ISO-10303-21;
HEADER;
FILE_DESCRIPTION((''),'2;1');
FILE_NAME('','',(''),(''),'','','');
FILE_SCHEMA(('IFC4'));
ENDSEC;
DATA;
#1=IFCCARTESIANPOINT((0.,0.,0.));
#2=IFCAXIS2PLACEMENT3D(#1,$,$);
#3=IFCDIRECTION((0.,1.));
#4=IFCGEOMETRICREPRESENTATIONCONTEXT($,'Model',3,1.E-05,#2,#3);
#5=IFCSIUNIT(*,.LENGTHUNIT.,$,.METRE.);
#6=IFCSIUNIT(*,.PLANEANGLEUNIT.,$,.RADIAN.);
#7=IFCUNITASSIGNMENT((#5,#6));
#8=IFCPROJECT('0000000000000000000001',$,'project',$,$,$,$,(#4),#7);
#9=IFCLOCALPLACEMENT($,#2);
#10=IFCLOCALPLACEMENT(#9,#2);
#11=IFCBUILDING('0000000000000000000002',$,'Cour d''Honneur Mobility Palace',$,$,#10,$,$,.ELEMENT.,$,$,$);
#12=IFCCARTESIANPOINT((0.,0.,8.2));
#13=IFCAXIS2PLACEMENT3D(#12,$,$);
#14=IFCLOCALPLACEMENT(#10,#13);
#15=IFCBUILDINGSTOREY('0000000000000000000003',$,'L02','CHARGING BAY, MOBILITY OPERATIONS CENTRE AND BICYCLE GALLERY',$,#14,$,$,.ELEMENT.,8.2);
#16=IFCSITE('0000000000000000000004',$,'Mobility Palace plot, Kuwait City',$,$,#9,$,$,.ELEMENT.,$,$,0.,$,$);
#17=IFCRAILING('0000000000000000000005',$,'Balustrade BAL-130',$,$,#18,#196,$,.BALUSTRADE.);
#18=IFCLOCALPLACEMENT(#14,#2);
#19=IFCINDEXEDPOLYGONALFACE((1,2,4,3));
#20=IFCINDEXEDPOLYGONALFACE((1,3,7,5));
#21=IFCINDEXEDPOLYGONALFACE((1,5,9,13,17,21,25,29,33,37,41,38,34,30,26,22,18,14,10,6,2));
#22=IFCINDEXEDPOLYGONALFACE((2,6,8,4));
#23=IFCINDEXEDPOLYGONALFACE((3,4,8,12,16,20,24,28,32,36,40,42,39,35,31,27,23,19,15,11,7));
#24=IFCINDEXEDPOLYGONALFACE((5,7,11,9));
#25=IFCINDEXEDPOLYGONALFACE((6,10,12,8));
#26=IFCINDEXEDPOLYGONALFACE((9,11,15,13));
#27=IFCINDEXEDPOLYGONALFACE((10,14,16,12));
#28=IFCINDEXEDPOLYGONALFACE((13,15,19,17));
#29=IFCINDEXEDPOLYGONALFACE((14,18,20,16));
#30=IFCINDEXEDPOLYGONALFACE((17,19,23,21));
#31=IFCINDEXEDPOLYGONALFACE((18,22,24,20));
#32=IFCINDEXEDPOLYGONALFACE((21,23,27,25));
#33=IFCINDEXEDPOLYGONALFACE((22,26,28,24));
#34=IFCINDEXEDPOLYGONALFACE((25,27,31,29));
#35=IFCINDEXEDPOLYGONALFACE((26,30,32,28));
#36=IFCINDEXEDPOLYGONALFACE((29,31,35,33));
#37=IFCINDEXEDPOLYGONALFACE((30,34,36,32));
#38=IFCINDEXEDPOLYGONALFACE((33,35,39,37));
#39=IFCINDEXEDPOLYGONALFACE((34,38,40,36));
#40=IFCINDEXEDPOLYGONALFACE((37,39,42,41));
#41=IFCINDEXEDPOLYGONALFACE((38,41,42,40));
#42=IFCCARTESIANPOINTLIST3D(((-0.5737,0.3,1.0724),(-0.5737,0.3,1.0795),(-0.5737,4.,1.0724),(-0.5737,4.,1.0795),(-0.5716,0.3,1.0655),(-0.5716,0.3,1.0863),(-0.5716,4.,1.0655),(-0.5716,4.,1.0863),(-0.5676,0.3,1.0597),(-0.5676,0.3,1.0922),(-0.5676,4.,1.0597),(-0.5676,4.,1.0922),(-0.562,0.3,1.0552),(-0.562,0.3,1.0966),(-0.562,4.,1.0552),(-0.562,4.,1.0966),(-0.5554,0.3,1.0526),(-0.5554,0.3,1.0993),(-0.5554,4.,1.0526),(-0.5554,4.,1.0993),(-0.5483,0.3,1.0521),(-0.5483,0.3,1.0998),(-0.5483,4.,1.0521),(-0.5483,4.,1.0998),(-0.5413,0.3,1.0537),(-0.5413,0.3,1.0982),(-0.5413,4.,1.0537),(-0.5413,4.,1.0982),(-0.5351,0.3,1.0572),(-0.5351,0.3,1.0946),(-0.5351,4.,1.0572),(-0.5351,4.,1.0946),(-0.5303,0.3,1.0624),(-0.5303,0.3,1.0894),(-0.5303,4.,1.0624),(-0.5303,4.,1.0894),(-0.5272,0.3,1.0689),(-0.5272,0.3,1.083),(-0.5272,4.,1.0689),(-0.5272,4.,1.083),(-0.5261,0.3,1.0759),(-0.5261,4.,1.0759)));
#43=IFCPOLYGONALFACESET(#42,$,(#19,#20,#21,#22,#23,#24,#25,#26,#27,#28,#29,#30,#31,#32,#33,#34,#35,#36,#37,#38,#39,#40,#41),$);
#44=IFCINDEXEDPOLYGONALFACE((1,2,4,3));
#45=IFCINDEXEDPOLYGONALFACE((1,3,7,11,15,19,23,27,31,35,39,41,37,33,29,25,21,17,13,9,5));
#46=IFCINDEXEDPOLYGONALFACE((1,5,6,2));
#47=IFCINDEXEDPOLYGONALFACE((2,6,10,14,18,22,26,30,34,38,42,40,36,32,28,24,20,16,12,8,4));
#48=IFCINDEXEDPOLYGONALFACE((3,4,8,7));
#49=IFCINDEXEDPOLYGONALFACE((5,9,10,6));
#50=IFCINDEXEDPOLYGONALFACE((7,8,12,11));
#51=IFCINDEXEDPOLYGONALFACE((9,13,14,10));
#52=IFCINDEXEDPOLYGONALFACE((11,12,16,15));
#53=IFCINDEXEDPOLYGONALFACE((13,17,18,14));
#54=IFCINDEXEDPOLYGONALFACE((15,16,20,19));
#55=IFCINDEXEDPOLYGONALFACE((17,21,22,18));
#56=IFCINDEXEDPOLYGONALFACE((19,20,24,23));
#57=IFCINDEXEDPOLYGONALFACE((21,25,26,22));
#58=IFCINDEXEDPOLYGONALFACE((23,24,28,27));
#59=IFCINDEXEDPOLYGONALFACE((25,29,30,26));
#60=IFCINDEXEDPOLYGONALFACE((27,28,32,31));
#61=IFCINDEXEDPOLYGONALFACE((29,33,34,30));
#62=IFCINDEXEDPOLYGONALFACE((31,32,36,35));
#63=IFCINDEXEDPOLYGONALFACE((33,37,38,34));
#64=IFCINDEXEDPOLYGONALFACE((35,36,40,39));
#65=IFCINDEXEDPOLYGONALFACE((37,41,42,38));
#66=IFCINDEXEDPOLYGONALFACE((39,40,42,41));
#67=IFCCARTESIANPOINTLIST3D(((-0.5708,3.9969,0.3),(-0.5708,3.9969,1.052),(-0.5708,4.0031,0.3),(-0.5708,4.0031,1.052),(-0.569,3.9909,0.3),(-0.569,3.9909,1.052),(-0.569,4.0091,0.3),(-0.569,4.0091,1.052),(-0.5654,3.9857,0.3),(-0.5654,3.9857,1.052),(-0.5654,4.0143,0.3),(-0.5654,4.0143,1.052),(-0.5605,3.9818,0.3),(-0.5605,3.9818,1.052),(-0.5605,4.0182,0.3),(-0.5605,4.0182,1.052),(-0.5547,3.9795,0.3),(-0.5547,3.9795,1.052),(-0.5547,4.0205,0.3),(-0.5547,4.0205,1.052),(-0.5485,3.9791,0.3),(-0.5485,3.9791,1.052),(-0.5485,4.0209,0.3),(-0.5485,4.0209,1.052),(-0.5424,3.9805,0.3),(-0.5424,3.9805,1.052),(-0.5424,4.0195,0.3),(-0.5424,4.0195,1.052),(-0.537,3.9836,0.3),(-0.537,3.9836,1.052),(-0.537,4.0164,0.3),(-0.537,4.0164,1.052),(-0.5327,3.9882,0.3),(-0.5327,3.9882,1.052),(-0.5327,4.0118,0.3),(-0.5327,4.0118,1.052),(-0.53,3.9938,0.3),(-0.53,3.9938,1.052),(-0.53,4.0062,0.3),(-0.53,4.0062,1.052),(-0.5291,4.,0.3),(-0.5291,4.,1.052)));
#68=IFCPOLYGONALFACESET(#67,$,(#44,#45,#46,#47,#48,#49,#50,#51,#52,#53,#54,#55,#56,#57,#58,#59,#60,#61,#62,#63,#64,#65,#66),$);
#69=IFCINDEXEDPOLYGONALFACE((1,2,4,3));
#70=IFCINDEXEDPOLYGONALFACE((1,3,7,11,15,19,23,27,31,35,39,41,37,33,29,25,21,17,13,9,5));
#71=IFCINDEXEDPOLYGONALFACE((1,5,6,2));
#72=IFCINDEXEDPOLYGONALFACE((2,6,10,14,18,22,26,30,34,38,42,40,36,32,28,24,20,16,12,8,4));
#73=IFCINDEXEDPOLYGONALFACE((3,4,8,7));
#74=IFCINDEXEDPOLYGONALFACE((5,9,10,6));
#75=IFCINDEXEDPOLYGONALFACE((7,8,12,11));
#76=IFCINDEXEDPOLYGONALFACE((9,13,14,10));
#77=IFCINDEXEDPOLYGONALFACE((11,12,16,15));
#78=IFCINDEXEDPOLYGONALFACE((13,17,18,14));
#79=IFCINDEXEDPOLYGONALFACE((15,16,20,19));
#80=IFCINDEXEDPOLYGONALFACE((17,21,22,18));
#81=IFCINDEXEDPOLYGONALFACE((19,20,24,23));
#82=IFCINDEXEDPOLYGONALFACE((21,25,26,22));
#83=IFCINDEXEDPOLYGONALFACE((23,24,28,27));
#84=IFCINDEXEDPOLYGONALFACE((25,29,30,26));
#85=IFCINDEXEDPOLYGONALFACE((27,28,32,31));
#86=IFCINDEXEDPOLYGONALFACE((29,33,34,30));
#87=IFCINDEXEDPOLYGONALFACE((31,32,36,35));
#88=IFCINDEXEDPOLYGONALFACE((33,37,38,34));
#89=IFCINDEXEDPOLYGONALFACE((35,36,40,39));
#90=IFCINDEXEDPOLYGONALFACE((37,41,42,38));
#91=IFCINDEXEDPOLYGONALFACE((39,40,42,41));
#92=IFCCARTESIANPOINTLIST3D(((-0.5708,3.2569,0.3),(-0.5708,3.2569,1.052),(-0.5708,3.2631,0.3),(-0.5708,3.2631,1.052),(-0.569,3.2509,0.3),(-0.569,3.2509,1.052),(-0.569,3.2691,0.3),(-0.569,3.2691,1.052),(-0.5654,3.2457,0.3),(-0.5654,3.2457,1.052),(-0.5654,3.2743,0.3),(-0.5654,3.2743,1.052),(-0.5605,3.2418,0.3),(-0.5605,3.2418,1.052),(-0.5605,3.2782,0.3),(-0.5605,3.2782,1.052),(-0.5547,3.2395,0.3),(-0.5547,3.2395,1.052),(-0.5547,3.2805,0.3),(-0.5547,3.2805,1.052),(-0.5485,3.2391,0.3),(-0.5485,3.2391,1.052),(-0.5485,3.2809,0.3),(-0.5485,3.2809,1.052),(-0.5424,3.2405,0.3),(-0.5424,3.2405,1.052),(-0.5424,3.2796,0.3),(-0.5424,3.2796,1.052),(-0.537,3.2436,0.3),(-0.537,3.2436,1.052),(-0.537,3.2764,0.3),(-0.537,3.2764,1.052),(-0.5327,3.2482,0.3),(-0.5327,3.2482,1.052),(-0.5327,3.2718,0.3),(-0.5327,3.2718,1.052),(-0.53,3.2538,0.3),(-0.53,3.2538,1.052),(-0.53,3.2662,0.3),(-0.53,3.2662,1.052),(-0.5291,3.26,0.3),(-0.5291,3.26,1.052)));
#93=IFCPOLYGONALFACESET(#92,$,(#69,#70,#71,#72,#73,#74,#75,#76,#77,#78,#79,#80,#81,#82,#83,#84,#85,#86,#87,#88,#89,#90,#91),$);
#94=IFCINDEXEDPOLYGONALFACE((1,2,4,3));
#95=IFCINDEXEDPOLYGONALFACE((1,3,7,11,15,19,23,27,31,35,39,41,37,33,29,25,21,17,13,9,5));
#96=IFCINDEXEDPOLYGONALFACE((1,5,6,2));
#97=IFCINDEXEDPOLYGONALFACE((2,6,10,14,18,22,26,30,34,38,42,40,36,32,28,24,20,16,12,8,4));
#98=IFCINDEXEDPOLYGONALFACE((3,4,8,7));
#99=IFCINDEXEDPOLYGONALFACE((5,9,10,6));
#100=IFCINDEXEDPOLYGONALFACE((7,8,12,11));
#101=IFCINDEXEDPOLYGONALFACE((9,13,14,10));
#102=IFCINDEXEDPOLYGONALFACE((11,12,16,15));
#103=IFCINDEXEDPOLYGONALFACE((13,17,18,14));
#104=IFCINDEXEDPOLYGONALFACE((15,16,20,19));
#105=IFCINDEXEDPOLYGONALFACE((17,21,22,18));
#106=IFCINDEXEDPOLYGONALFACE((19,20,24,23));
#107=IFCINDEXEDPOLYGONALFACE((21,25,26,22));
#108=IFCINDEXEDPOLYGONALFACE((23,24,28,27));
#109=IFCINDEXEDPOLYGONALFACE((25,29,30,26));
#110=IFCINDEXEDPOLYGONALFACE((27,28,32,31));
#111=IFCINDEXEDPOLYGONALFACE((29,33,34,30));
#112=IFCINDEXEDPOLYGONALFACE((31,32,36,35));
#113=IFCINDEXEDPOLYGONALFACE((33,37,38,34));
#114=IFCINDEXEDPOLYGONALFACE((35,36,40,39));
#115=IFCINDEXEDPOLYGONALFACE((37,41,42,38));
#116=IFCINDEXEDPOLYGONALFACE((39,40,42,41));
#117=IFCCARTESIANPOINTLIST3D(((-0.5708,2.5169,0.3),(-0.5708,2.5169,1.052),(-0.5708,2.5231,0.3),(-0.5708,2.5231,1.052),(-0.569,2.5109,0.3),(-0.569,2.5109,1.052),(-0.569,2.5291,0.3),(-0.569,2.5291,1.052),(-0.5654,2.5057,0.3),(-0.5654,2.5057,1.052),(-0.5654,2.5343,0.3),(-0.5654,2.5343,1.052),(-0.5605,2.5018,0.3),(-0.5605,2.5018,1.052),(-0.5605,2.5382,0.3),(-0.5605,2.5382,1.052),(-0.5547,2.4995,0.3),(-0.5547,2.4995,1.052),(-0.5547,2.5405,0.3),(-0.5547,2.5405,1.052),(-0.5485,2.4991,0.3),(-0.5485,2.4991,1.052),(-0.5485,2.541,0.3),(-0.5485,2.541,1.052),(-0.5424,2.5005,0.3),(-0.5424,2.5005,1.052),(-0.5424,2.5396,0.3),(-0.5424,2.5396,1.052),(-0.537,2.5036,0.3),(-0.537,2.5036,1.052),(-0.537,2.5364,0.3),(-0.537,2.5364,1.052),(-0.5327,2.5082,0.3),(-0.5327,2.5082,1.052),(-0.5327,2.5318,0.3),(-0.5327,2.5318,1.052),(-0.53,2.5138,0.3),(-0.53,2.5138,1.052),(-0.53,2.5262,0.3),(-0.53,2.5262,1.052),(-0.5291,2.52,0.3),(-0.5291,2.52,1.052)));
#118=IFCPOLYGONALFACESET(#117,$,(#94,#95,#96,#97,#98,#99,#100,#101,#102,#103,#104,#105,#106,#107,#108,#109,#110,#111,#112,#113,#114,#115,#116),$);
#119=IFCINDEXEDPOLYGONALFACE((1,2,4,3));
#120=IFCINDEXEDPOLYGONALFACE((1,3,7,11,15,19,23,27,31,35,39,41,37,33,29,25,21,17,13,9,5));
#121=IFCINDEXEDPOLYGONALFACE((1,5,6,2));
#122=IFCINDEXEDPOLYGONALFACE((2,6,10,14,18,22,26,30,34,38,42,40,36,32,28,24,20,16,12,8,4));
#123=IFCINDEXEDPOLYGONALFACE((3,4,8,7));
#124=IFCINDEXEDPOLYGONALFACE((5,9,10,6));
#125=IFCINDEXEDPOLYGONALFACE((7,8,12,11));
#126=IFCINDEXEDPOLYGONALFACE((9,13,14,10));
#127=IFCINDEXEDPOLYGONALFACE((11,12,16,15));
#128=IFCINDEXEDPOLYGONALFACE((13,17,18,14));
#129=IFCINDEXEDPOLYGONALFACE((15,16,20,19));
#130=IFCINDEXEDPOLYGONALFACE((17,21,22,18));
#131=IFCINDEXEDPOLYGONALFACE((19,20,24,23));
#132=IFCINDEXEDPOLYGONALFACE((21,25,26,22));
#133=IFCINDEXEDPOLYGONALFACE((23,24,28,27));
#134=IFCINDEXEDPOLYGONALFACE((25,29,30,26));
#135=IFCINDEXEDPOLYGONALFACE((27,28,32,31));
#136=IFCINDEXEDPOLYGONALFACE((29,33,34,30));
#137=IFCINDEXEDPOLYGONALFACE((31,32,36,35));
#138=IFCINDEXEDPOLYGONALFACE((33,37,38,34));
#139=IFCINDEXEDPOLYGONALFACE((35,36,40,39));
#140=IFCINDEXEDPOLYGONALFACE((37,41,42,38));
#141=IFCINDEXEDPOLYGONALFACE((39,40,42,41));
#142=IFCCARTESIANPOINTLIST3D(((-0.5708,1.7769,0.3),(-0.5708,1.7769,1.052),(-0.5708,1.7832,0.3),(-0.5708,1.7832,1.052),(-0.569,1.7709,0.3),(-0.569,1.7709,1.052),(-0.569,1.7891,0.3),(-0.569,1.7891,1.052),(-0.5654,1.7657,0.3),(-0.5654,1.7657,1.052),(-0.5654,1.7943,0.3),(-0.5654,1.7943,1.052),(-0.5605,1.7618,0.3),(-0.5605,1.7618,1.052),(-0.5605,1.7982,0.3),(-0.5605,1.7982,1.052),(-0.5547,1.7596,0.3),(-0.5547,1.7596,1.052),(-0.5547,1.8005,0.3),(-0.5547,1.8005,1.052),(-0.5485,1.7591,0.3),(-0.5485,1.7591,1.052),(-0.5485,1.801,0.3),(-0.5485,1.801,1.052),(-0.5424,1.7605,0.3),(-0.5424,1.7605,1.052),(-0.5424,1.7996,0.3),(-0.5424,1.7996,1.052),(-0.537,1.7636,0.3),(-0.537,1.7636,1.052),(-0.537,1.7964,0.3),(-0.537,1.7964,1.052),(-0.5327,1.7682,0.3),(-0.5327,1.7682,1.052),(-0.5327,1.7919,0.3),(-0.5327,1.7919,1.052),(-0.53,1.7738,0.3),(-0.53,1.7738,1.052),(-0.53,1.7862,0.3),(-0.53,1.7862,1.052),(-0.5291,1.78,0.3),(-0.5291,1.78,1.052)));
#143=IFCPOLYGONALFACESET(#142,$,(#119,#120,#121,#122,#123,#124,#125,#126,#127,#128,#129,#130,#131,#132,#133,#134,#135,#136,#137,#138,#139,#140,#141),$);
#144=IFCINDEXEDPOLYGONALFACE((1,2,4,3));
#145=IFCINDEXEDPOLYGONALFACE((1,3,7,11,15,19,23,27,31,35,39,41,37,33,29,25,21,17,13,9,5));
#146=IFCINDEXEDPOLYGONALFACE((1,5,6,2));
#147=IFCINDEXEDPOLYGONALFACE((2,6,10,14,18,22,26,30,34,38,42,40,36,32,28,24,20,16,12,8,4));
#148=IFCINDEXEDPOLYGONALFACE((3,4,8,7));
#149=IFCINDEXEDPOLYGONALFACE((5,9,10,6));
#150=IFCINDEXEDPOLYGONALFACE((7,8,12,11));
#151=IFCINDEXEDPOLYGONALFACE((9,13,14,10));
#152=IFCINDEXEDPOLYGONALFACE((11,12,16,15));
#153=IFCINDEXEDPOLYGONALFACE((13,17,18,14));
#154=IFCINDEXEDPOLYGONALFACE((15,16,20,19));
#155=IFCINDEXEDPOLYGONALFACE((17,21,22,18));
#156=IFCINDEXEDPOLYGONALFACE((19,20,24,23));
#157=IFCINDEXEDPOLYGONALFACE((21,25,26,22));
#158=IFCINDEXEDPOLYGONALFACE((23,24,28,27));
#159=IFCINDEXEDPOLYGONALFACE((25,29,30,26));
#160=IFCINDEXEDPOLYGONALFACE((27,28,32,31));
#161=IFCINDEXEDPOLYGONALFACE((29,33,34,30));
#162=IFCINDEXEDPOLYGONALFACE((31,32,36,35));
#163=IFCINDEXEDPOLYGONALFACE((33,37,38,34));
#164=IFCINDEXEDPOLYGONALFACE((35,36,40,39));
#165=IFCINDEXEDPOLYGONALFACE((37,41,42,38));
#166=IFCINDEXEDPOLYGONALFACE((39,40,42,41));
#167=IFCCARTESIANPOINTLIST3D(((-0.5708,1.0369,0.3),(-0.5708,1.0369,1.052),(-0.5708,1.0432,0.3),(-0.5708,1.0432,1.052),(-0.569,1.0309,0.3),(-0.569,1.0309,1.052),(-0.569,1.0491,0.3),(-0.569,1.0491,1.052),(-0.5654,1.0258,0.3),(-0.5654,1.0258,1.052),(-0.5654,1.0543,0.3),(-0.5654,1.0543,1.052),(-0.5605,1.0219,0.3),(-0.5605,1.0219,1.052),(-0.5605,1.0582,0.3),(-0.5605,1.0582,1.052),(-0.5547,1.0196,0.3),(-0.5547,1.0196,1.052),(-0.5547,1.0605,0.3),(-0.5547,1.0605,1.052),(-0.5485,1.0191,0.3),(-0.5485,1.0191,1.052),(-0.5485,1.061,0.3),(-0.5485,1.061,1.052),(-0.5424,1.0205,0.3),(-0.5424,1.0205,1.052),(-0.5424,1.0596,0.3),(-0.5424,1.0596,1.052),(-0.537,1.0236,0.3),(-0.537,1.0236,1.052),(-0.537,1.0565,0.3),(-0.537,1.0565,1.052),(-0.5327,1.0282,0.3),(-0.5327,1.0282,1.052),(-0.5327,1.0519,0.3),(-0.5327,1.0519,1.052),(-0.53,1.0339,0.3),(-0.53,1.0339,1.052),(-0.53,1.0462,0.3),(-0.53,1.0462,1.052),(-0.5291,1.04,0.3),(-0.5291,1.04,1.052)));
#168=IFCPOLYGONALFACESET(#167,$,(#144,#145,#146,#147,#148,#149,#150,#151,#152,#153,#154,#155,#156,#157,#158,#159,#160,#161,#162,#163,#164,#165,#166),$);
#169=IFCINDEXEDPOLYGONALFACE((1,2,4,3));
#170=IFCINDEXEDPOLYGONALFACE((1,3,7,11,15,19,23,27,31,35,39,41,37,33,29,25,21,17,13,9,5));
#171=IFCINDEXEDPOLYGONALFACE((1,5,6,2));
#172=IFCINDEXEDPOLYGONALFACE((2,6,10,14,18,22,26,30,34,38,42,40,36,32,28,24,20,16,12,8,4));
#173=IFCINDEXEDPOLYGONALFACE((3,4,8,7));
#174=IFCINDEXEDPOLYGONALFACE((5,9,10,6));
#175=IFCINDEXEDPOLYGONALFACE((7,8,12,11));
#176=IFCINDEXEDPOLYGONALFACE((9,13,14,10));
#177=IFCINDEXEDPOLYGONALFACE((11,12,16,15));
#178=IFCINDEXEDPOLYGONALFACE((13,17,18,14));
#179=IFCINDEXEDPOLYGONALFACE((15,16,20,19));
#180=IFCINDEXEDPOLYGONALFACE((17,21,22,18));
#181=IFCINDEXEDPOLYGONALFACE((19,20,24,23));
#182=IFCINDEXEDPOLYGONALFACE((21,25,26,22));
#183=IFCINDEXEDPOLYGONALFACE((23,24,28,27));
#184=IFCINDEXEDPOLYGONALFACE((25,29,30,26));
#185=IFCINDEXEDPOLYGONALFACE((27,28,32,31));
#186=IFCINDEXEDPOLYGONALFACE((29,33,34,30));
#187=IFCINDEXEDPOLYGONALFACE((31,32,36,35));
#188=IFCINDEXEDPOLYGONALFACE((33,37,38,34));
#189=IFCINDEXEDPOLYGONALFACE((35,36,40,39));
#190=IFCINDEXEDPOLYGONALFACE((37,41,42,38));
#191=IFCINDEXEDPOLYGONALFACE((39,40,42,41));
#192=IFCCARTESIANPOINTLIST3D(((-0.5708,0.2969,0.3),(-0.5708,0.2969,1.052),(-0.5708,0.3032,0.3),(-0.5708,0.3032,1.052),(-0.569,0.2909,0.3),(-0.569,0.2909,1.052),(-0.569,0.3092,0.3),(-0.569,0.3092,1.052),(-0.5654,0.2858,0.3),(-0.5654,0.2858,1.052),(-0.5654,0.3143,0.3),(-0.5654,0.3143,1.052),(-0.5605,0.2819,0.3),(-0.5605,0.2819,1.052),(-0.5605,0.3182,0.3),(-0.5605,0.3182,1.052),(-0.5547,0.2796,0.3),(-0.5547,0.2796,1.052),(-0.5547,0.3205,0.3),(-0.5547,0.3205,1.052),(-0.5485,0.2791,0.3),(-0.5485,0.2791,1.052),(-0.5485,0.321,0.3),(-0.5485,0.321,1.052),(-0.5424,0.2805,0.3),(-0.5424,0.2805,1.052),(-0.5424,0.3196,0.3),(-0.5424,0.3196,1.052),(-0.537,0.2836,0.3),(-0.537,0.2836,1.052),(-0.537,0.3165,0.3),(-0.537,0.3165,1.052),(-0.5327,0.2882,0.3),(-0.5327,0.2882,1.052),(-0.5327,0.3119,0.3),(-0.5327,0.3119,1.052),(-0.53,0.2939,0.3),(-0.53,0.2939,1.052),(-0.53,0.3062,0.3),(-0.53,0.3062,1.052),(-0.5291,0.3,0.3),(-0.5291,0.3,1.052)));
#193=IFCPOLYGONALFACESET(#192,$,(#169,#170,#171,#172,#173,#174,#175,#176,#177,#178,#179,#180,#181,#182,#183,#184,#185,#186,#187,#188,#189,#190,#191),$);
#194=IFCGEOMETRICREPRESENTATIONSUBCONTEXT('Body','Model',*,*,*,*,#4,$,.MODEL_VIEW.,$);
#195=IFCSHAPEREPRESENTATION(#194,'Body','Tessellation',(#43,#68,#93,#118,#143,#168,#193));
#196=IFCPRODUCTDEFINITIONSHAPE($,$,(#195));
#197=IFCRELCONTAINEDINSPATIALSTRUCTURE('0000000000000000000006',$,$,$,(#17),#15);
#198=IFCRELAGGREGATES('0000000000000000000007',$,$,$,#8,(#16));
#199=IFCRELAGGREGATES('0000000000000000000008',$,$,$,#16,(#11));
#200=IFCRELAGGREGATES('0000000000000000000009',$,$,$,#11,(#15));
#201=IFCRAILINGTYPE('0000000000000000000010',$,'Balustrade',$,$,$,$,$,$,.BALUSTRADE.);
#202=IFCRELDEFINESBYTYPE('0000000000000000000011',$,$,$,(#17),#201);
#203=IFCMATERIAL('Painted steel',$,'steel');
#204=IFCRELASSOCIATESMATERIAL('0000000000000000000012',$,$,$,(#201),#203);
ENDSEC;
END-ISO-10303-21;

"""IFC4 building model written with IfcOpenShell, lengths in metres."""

from ifc_helpers import new_model, si_unit, direction, frame, origin, origin_2d, place, context, subcontext, project, spatial, circle, extrude, material, type_object, element, save


model = new_model("IFC4")

# Units and contexts
model_context = context("Model", 3, precision=1e-05, world=origin(), true_north=direction((0.0, 1.0)))
body_context = subcontext(model_context, "Body", "Model", "MODEL_VIEW")
ifc_project = project(units=[si_unit("LENGTHUNIT", "METRE"), si_unit("PLANEANGLEUNIT", "RADIAN")], contexts=[model_context])

# Site, building, storey
site_placement = place(None, origin())
site = spatial("IfcSite", under=ifc_project, at=site_placement, Name="Mobility Palace plot, Kuwait City", CompositionType="ELEMENT", RefElevation=0.0)
building_placement = place(site_placement, origin())
building = spatial("IfcBuilding", under=site, at=building_placement, Name="Cour d'Honneur Mobility Palace", CompositionType="ELEMENT")
storey_placement = place(building_placement, frame((0.0, 0.0, 8.2)))
storey = spatial("IfcBuildingStorey", under=building, at=storey_placement, Name="L02", Description="CHARGING BAY, MOBILITY OPERATIONS CENTRE AND BICYCLE GALLERY", CompositionType="ELEMENT", Elevation=8.2)

# Railing
ifc_material_1 = material(Name="Painted steel", Category="steel")
railing_type_1 = type_object("IfcRailingType", Name="Balustrade", PredefinedType="BALUSTRADE", material=ifc_material_1)
railing_1_placement = place(storey_placement, frame((-0.55, 4.0, 0.3)))
element("IfcRailing", 1, at=railing_1_placement, inside=storey, type_object=railing_type_1, Name="Balustrade BAL-130", PredefinedType="BALUSTRADE", context=body_context, shape_type="SweptSolid", body=[
    extrude(circle(Radius=0.0239, at=origin_2d()), frame((0.0, 0.0, 0.7759), z_axis=(0.0, -1.0, 0.0), x_axis=(1.0, 0.0, 0.0)), (0.0, 0.0, 1.0), 3.7),
    extrude(circle(Radius=0.021, at=origin_2d()), origin(), (0.0, 0.0, 1.0), 0.752),
    extrude(circle(Radius=0.021, at=origin_2d()), frame((0.0, -0.74, 0.0)), (0.0, 0.0, 1.0), 0.752),
    extrude(circle(Radius=0.021, at=origin_2d()), frame((0.0, -1.48, 0.0)), (0.0, 0.0, 1.0), 0.752),
    extrude(circle(Radius=0.021, at=origin_2d()), frame((0.0, -2.22, 0.0)), (0.0, 0.0, 1.0), 0.752),
    extrude(circle(Radius=0.021, at=origin_2d()), frame((0.0, -2.96, 0.0)), (0.0, 0.0, 1.0), 0.752),
    extrude(circle(Radius=0.021, at=origin_2d()), frame((0.0, -3.7, 0.0)), (0.0, 0.0, 1.0), 0.752),
])

save(model, "model.ifc")
